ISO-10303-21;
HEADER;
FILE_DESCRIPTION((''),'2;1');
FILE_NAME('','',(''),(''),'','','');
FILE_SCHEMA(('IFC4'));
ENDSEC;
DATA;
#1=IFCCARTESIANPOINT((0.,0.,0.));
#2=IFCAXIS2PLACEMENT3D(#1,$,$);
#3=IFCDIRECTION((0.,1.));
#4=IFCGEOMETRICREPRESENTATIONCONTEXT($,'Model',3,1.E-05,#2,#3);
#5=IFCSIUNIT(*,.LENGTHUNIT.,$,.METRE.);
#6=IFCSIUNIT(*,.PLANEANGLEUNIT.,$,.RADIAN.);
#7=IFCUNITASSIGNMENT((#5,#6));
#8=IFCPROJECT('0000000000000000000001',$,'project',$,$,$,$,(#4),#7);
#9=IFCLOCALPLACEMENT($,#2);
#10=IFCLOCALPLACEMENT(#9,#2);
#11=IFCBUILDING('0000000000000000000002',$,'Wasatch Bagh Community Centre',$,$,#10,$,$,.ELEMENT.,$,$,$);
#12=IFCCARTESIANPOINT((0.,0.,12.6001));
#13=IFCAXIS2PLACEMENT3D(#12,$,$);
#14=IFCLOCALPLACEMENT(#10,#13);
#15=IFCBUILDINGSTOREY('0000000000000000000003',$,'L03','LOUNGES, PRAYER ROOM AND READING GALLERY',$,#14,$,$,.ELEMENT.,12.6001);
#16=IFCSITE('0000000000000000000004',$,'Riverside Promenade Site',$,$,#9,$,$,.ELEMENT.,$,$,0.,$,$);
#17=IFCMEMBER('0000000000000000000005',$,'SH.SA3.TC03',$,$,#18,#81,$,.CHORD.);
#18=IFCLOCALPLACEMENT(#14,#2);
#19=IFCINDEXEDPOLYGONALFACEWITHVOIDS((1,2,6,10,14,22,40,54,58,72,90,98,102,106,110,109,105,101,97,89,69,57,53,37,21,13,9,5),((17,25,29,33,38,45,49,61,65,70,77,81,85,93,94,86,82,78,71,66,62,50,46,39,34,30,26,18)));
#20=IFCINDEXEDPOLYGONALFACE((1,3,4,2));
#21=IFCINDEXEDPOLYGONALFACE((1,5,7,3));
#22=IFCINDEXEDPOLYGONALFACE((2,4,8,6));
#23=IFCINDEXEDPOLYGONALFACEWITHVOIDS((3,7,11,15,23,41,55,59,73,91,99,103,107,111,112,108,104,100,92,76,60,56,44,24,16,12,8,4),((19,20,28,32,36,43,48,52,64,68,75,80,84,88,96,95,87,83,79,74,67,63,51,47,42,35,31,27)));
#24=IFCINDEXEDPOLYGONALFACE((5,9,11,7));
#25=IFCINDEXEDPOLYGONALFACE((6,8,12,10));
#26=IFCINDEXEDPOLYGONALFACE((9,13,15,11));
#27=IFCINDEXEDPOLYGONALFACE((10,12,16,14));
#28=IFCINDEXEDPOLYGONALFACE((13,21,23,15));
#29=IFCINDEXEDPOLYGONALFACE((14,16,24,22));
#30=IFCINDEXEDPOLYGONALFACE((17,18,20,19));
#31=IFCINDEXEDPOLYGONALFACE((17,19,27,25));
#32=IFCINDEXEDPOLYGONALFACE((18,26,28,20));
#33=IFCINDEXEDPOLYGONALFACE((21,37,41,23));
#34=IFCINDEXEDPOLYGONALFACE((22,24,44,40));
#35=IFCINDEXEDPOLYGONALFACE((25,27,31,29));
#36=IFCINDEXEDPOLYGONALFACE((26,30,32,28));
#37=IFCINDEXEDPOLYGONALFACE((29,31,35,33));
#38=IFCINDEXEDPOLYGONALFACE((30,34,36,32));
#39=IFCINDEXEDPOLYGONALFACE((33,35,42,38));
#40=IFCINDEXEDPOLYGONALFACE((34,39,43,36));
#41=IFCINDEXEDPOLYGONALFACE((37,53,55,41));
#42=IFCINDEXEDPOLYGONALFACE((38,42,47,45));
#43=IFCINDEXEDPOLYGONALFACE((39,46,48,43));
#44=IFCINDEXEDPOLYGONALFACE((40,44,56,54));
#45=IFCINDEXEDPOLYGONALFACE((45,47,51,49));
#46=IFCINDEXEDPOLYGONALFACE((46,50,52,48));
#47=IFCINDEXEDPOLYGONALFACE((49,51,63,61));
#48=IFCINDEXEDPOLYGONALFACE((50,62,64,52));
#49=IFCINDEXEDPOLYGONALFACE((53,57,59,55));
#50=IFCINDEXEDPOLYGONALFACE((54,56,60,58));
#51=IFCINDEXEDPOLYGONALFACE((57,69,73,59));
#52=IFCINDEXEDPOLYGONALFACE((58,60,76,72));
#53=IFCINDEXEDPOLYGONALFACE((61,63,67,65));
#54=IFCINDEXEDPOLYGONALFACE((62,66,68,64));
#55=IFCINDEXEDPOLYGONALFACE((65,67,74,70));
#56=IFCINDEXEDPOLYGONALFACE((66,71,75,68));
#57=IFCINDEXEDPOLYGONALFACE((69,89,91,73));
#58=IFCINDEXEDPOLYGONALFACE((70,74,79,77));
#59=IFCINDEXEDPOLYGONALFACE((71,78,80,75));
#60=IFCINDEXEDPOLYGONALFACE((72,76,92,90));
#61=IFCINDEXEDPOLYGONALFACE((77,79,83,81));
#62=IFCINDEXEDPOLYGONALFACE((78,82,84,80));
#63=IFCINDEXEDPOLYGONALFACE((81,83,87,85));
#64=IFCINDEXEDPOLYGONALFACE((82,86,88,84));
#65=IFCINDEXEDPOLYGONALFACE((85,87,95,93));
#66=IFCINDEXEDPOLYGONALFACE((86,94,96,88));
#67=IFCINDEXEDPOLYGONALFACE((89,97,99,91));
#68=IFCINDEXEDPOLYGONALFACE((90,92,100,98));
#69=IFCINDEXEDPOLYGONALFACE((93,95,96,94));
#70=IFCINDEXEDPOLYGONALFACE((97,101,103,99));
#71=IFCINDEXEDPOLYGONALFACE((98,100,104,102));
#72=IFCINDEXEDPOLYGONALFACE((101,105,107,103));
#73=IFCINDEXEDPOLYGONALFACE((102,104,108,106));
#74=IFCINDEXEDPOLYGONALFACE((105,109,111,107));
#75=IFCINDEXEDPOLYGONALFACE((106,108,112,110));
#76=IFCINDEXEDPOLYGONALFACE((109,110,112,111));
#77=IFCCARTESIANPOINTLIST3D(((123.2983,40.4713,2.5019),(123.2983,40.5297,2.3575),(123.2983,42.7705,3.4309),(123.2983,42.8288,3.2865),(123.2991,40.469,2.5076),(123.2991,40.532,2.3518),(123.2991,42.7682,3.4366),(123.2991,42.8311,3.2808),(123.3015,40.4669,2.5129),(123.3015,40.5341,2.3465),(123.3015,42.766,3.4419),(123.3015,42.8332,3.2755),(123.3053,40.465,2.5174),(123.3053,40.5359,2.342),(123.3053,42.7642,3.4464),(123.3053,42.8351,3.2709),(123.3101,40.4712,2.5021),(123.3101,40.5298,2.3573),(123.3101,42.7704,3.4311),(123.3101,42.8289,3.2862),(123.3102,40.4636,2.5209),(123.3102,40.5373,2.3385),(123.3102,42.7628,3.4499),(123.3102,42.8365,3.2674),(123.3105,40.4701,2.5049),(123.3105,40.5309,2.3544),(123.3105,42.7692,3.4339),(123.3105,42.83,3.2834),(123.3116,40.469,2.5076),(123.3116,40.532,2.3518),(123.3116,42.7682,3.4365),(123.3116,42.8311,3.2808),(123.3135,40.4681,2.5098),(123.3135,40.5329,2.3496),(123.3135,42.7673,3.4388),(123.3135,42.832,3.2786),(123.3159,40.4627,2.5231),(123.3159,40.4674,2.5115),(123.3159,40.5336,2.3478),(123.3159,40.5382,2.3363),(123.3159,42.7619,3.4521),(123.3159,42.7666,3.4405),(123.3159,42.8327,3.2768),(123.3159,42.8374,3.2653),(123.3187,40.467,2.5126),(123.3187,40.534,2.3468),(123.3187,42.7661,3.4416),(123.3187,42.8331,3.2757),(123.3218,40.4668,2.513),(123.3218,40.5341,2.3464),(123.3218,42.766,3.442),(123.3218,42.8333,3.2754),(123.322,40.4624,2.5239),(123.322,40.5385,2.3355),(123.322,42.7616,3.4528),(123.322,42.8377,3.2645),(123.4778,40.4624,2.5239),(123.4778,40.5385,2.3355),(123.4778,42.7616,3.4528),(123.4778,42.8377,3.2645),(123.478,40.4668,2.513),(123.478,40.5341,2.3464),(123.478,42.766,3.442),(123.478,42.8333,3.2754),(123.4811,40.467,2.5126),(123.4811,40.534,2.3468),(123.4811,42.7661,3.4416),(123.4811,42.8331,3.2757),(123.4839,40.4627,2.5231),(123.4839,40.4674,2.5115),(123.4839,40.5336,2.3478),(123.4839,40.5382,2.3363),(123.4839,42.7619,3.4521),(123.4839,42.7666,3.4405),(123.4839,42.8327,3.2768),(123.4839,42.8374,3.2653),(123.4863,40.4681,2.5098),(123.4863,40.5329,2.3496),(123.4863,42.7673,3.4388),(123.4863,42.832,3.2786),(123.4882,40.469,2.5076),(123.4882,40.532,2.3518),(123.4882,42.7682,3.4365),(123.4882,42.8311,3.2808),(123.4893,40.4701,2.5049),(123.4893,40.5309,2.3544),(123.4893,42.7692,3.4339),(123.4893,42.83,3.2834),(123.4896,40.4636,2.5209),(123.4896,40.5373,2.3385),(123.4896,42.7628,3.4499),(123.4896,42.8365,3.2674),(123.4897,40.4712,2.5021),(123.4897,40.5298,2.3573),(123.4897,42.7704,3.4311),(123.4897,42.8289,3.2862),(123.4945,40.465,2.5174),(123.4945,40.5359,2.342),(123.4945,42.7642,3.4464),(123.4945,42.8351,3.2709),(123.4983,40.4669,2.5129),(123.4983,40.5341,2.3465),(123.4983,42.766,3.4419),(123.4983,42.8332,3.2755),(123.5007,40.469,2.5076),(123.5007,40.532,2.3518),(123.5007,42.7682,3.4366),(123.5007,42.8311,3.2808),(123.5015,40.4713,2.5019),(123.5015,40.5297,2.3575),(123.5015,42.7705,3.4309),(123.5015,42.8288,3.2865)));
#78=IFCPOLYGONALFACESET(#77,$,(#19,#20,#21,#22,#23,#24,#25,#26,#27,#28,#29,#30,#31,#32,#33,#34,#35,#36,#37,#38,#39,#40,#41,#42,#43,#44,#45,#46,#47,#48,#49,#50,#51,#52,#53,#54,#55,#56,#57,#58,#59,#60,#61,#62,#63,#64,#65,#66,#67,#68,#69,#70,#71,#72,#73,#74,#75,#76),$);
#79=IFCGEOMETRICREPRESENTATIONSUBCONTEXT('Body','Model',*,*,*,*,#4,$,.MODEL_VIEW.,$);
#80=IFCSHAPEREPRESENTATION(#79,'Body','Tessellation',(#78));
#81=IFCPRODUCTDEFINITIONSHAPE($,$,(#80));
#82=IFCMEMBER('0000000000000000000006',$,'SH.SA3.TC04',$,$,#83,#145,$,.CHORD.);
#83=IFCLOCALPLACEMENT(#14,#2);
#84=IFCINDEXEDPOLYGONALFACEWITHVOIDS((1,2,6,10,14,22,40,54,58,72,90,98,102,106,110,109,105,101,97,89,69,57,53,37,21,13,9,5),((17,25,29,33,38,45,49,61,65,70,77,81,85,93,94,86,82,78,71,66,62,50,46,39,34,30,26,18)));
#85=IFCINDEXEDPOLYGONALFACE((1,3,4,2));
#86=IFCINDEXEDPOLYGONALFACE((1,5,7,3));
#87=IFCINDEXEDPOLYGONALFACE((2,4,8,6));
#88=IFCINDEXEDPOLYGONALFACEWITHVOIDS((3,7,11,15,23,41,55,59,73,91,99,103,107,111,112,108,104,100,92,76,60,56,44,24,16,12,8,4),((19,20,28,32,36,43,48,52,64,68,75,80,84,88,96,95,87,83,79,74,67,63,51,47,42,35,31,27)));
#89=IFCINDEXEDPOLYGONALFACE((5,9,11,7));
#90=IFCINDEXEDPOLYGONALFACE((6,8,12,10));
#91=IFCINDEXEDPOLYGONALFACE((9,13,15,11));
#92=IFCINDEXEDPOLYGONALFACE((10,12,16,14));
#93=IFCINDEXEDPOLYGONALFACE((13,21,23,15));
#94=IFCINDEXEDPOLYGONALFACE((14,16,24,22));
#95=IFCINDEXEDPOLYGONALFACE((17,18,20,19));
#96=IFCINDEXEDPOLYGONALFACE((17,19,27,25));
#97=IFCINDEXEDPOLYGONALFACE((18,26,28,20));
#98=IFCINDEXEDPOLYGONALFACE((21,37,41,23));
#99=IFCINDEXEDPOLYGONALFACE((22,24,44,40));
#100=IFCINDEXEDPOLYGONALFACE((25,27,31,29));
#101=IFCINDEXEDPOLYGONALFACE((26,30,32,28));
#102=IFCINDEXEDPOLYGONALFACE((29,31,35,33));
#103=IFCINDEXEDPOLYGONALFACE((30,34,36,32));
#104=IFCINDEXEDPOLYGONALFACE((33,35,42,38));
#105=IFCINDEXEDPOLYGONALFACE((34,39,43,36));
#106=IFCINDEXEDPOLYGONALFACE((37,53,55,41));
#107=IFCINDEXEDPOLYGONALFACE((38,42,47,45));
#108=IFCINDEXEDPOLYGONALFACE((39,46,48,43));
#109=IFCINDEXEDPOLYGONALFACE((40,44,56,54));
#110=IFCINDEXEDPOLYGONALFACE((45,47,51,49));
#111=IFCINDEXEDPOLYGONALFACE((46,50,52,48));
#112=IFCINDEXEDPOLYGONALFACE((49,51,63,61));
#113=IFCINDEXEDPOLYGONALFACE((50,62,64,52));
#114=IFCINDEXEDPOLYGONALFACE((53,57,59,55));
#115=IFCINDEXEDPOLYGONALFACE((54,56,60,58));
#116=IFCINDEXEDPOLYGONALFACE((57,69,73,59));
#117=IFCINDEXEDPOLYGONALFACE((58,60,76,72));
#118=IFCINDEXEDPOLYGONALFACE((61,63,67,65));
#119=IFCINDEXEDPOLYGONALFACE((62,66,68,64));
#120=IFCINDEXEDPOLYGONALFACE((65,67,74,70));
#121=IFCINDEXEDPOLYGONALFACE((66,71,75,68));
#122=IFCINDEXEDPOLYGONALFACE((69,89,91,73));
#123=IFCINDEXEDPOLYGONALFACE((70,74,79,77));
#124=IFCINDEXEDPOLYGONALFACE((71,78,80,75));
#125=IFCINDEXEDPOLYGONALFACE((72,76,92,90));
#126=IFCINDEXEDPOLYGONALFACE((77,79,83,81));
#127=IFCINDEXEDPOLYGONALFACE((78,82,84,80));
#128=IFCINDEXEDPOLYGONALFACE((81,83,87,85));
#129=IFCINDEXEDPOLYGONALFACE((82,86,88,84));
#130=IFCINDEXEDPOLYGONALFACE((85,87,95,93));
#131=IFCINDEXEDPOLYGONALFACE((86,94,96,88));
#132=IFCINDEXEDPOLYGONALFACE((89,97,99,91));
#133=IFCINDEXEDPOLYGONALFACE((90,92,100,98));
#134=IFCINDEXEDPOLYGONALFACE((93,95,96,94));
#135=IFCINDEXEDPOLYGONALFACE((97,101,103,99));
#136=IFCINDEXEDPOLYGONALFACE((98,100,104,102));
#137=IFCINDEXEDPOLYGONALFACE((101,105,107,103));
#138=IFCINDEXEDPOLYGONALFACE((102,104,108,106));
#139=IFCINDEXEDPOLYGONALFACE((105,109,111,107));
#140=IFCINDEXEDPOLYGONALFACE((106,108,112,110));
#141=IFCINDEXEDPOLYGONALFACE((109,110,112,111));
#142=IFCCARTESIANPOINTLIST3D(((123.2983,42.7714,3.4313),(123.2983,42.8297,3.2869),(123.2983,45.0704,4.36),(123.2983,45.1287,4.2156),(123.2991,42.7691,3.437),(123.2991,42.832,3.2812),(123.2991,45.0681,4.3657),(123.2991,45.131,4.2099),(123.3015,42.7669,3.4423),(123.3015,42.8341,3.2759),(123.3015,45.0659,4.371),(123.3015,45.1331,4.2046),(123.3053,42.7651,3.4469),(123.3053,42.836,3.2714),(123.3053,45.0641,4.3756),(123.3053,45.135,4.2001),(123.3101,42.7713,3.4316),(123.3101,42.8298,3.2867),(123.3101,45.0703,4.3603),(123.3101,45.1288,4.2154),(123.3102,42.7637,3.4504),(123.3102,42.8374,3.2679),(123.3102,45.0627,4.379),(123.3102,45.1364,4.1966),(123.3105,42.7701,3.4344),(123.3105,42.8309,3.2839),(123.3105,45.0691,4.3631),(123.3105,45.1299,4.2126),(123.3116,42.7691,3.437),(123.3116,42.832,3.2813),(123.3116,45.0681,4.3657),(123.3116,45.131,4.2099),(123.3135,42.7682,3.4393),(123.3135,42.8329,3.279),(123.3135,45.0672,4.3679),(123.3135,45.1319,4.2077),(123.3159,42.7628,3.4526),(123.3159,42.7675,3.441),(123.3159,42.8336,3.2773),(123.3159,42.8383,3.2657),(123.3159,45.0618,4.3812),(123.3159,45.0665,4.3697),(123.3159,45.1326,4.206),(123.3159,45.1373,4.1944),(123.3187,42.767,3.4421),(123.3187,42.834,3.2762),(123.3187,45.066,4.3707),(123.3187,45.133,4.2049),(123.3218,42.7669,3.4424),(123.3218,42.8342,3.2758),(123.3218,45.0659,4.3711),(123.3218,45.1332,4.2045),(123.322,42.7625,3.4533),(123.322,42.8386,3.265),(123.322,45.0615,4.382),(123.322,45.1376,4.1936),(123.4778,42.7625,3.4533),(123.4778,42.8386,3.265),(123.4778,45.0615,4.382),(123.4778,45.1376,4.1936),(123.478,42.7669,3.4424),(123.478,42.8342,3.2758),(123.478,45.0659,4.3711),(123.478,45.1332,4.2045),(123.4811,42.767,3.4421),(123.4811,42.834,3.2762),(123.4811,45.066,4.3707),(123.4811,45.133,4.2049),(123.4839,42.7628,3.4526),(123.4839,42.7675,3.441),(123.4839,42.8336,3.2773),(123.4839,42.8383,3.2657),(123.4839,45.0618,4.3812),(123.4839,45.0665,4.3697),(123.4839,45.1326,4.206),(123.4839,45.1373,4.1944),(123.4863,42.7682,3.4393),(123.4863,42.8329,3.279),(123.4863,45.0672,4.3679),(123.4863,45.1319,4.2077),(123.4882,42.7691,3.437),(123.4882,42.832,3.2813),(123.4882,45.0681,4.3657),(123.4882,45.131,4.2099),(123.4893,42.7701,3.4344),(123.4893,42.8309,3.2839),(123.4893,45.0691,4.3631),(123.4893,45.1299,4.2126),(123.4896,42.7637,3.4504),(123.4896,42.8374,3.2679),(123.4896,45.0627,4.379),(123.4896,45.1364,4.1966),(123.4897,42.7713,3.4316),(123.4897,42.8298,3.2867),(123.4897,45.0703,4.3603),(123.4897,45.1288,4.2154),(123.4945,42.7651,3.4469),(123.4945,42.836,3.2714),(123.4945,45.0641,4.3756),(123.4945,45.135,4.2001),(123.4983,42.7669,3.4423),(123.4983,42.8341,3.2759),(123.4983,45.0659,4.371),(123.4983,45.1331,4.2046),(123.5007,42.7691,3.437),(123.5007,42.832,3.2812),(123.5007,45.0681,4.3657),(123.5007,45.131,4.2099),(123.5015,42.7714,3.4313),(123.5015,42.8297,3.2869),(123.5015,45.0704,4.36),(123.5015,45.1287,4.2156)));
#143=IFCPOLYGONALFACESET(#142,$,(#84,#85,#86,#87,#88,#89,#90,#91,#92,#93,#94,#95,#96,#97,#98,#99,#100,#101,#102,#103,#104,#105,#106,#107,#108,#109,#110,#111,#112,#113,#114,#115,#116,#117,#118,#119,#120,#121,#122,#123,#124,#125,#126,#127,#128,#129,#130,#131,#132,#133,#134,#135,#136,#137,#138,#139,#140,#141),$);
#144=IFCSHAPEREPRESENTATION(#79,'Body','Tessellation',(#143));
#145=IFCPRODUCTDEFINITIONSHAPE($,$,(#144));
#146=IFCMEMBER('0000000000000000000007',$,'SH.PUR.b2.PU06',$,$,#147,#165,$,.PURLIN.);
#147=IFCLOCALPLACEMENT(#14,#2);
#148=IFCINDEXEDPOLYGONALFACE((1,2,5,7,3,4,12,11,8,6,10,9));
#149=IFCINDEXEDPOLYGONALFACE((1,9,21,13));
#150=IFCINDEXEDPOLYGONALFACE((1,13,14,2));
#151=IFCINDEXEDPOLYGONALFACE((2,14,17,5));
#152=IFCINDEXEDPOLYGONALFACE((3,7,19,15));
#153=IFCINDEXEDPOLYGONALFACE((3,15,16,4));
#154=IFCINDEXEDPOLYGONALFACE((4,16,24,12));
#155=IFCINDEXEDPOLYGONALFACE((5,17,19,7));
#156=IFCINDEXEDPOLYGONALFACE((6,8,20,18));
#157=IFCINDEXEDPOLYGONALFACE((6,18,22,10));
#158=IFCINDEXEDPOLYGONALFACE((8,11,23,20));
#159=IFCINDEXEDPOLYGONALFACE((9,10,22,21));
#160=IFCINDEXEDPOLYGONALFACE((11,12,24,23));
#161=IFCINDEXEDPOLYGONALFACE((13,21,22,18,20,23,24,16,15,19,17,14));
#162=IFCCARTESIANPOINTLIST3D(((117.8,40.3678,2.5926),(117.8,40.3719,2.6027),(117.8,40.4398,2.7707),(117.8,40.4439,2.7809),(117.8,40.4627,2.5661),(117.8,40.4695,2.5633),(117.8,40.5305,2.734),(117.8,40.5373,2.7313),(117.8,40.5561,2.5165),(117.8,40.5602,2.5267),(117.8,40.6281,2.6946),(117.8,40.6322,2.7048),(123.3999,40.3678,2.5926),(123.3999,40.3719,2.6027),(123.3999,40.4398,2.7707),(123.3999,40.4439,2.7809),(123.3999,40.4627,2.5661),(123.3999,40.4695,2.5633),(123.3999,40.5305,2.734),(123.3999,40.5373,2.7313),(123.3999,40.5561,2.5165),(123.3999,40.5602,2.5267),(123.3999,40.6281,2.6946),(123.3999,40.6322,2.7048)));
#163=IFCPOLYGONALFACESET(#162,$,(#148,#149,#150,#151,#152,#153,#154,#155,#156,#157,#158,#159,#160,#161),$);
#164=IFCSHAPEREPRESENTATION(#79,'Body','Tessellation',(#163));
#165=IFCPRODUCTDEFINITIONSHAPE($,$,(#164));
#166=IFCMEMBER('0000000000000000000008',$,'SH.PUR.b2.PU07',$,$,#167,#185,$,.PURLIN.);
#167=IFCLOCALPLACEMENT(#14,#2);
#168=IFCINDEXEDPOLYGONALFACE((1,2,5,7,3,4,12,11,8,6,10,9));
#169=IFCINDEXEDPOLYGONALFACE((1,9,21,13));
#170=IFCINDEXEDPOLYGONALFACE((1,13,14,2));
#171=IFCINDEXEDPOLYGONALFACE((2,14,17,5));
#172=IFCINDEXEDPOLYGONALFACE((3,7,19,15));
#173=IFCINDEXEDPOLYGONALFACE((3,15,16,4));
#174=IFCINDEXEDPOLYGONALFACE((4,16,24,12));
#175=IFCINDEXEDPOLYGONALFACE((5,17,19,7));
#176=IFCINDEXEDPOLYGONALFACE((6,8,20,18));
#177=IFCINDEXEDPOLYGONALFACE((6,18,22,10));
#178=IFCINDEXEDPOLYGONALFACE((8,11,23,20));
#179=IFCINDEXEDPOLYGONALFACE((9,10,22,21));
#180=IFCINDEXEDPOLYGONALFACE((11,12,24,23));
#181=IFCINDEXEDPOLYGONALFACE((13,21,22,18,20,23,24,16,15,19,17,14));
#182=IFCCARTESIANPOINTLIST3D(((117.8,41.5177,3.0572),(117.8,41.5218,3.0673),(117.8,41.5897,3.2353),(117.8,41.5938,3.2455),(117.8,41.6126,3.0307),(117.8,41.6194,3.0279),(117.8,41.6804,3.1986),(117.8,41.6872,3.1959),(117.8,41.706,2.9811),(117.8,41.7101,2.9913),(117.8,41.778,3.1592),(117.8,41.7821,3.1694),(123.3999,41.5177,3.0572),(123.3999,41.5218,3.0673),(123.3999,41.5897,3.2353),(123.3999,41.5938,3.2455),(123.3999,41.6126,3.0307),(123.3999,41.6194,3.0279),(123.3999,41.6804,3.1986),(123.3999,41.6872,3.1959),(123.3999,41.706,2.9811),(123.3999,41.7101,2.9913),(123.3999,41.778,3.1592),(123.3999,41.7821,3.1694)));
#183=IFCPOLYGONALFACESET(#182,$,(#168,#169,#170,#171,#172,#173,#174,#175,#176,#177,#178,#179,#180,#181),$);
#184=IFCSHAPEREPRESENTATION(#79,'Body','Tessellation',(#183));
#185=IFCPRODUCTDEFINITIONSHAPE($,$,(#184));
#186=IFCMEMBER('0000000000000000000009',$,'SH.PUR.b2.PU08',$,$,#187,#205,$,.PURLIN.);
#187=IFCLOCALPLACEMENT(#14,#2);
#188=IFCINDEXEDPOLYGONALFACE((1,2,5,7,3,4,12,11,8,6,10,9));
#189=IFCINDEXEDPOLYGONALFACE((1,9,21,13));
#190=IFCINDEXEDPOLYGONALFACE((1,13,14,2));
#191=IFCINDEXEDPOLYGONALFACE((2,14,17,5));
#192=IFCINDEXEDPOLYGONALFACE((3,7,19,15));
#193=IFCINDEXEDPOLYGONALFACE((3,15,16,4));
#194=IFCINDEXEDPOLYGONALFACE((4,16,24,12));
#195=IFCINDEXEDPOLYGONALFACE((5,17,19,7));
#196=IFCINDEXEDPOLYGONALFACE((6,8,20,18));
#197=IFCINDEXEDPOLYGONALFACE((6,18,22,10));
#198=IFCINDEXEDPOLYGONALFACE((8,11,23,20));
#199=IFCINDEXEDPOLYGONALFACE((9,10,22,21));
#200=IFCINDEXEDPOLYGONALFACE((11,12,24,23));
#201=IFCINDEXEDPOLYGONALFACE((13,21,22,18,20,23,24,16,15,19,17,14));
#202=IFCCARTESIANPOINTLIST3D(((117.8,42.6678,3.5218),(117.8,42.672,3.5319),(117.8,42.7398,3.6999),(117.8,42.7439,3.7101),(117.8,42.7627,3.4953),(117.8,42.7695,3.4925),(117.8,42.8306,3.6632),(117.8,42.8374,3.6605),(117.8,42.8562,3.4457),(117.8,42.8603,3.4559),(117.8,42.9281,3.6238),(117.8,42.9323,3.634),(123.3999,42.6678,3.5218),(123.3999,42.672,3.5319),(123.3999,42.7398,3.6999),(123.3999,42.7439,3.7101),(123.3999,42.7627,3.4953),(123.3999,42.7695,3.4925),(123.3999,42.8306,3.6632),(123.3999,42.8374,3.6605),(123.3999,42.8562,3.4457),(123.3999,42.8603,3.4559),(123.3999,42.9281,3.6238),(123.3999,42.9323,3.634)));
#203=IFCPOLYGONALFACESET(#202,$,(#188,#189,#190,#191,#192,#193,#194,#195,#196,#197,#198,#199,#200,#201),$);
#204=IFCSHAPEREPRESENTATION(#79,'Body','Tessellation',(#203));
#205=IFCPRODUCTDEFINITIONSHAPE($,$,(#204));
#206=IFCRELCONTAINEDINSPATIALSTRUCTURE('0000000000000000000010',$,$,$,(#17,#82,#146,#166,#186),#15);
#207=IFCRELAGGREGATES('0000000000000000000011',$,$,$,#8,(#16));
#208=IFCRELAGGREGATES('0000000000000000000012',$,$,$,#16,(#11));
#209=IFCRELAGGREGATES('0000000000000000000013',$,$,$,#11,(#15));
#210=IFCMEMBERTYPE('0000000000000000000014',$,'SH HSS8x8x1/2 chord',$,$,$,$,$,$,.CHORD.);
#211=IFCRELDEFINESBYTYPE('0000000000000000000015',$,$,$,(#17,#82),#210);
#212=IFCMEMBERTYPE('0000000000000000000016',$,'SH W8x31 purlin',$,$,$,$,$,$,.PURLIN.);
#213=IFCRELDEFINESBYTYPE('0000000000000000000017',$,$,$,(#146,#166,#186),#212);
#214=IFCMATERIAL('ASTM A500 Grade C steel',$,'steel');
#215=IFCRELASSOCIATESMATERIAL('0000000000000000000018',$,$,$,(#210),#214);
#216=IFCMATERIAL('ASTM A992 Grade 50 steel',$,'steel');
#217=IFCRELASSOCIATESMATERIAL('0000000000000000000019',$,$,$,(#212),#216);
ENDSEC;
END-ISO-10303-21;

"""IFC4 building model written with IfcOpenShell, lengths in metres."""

from ifc_helpers import new_model, si_unit, direction, frame, origin, origin_2d, place, context, subcontext, project, spatial, hollow_rectangle, i_section, extrude, material, material_profile, profile_set, type_object, element, save


model = new_model("IFC4")

# Units and contexts
model_context = context("Model", 3, precision=1e-05, world=origin(), true_north=direction((0.0, 1.0)))
body_context = subcontext(model_context, "Body", "Model", "MODEL_VIEW")
ifc_project = project(units=[si_unit("LENGTHUNIT", "METRE"), si_unit("PLANEANGLEUNIT", "RADIAN")], contexts=[model_context])

# Site, building, storey
site_placement = place(None, origin())
site = spatial("IfcSite", under=ifc_project, at=site_placement, Name="Riverside Promenade Site", CompositionType="ELEMENT", RefElevation=0.0)
building_placement = place(site_placement, origin())
building = spatial("IfcBuilding", under=site, at=building_placement, Name="Wasatch Bagh Community Centre", CompositionType="ELEMENT")
storey_placement = place(building_placement, frame((0.0, 0.0, 12.6001)))
storey = spatial("IfcBuildingStorey", under=building, at=storey_placement, Name="L03", Description="LOUNGES, PRAYER ROOM AND READING GALLERY", CompositionType="ELEMENT", Elevation=12.6001)

# Members
ifc_material_1 = material(Name="ASTM A500 Grade C steel", Category="steel")
ifc_material_profile_1 = material_profile(ifc_material_1, hollow_rectangle(XDim=0.2031, YDim=0.2031, WallThickness=0.0117, InnerFilletRadius=0.0117, OuterFilletRadius=0.0237, at=origin_2d()), Name="HSS8x8x1/2")
ifc_profile_set_1 = profile_set([ifc_material_profile_1], Name="ASTM A500 Grade C steel")
member_type_1 = type_object("IfcMemberType", Name="SH HSS8x8x1/2 chord", PredefinedType="CHORD", material=ifc_profile_set_1)
member_1_placement = place(storey_placement, frame((123.3999, 40.5005, 2.4297), z_axis=(0.0, 0.927174, 0.374631), x_axis=(-1.0, 0.0, 0.0)))
element("IfcMember", 1, at=member_1_placement, inside=storey, type_object=member_type_1, Name="SH.SA3.TC03", PredefinedType="CHORD", context=body_context, shape_type="SweptSolid", body=[
    extrude(hollow_rectangle(XDim=0.2031, YDim=0.2031, WallThickness=0.0117, InnerFilletRadius=0.0117, OuterFilletRadius=0.0237, at=origin_2d()), origin(), (0.0, 0.0, 1.0), 2.4797),
])
member_2_placement = place(storey_placement, frame((123.3999, 42.8005, 3.3591), z_axis=(0.0, 0.927208, 0.374546), x_axis=(-1.0, 0.0, 0.0)))
element("IfcMember", 2, at=member_2_placement, inside=storey, type_object=member_type_1, Name="SH.SA3.TC04", PredefinedType="CHORD", context=body_context, shape_type="SweptSolid", body=[
    extrude(hollow_rectangle(XDim=0.2031, YDim=0.2031, WallThickness=0.0117, InnerFilletRadius=0.0117, OuterFilletRadius=0.0237, at=origin_2d()), origin(), (0.0, 0.0, 1.0), 2.4795),
])
ifc_material_2 = material(Name="ASTM A992 Grade 50 steel", Category="steel")
ifc_material_profile_2 = material_profile(ifc_material_2, i_section(OverallWidth=0.2031, OverallDepth=0.2031, WebThickness=0.0073, FlangeThickness=0.011, at=origin_2d()), Name="W8x31")
ifc_profile_set_2 = profile_set([ifc_material_profile_2], Name="ASTM A992 Grade 50 steel")
member_type_2 = type_object("IfcMemberType", Name="SH W8x31 purlin", PredefinedType="PURLIN", material=ifc_profile_set_2)
for number, where, z_axis, x_axis, name in (
    (3, (117.8, 40.5, 2.6487), (1.0, 0.0, 0.0), (0.0, 0.927184, -0.374607), "SH.PUR.b2.PU06"),
    (4, (117.8, 41.6499, 3.1133), (1.0, 0.0, 0.0), (0.0, 0.927184, -0.374607), "SH.PUR.b2.PU07"),
    (5, (117.8, 42.8, 3.5779), (1.0, 0.0, 0.0), (0.0, 0.927184, -0.374607), "SH.PUR.b2.PU08"),
):
    element("IfcMember", number, at=place(storey_placement, frame(where, z_axis=z_axis, x_axis=x_axis)), inside=storey, type_object=member_type_2, Name=name, PredefinedType="PURLIN", context=body_context, shape_type="SweptSolid", body=[
        extrude(i_section(OverallWidth=0.2031, OverallDepth=0.2031, WebThickness=0.0073, FlangeThickness=0.011, at=origin_2d()), origin(), (0.0, 0.0, 1.0), 5.5999),
    ])

save(model, "model.ifc")
